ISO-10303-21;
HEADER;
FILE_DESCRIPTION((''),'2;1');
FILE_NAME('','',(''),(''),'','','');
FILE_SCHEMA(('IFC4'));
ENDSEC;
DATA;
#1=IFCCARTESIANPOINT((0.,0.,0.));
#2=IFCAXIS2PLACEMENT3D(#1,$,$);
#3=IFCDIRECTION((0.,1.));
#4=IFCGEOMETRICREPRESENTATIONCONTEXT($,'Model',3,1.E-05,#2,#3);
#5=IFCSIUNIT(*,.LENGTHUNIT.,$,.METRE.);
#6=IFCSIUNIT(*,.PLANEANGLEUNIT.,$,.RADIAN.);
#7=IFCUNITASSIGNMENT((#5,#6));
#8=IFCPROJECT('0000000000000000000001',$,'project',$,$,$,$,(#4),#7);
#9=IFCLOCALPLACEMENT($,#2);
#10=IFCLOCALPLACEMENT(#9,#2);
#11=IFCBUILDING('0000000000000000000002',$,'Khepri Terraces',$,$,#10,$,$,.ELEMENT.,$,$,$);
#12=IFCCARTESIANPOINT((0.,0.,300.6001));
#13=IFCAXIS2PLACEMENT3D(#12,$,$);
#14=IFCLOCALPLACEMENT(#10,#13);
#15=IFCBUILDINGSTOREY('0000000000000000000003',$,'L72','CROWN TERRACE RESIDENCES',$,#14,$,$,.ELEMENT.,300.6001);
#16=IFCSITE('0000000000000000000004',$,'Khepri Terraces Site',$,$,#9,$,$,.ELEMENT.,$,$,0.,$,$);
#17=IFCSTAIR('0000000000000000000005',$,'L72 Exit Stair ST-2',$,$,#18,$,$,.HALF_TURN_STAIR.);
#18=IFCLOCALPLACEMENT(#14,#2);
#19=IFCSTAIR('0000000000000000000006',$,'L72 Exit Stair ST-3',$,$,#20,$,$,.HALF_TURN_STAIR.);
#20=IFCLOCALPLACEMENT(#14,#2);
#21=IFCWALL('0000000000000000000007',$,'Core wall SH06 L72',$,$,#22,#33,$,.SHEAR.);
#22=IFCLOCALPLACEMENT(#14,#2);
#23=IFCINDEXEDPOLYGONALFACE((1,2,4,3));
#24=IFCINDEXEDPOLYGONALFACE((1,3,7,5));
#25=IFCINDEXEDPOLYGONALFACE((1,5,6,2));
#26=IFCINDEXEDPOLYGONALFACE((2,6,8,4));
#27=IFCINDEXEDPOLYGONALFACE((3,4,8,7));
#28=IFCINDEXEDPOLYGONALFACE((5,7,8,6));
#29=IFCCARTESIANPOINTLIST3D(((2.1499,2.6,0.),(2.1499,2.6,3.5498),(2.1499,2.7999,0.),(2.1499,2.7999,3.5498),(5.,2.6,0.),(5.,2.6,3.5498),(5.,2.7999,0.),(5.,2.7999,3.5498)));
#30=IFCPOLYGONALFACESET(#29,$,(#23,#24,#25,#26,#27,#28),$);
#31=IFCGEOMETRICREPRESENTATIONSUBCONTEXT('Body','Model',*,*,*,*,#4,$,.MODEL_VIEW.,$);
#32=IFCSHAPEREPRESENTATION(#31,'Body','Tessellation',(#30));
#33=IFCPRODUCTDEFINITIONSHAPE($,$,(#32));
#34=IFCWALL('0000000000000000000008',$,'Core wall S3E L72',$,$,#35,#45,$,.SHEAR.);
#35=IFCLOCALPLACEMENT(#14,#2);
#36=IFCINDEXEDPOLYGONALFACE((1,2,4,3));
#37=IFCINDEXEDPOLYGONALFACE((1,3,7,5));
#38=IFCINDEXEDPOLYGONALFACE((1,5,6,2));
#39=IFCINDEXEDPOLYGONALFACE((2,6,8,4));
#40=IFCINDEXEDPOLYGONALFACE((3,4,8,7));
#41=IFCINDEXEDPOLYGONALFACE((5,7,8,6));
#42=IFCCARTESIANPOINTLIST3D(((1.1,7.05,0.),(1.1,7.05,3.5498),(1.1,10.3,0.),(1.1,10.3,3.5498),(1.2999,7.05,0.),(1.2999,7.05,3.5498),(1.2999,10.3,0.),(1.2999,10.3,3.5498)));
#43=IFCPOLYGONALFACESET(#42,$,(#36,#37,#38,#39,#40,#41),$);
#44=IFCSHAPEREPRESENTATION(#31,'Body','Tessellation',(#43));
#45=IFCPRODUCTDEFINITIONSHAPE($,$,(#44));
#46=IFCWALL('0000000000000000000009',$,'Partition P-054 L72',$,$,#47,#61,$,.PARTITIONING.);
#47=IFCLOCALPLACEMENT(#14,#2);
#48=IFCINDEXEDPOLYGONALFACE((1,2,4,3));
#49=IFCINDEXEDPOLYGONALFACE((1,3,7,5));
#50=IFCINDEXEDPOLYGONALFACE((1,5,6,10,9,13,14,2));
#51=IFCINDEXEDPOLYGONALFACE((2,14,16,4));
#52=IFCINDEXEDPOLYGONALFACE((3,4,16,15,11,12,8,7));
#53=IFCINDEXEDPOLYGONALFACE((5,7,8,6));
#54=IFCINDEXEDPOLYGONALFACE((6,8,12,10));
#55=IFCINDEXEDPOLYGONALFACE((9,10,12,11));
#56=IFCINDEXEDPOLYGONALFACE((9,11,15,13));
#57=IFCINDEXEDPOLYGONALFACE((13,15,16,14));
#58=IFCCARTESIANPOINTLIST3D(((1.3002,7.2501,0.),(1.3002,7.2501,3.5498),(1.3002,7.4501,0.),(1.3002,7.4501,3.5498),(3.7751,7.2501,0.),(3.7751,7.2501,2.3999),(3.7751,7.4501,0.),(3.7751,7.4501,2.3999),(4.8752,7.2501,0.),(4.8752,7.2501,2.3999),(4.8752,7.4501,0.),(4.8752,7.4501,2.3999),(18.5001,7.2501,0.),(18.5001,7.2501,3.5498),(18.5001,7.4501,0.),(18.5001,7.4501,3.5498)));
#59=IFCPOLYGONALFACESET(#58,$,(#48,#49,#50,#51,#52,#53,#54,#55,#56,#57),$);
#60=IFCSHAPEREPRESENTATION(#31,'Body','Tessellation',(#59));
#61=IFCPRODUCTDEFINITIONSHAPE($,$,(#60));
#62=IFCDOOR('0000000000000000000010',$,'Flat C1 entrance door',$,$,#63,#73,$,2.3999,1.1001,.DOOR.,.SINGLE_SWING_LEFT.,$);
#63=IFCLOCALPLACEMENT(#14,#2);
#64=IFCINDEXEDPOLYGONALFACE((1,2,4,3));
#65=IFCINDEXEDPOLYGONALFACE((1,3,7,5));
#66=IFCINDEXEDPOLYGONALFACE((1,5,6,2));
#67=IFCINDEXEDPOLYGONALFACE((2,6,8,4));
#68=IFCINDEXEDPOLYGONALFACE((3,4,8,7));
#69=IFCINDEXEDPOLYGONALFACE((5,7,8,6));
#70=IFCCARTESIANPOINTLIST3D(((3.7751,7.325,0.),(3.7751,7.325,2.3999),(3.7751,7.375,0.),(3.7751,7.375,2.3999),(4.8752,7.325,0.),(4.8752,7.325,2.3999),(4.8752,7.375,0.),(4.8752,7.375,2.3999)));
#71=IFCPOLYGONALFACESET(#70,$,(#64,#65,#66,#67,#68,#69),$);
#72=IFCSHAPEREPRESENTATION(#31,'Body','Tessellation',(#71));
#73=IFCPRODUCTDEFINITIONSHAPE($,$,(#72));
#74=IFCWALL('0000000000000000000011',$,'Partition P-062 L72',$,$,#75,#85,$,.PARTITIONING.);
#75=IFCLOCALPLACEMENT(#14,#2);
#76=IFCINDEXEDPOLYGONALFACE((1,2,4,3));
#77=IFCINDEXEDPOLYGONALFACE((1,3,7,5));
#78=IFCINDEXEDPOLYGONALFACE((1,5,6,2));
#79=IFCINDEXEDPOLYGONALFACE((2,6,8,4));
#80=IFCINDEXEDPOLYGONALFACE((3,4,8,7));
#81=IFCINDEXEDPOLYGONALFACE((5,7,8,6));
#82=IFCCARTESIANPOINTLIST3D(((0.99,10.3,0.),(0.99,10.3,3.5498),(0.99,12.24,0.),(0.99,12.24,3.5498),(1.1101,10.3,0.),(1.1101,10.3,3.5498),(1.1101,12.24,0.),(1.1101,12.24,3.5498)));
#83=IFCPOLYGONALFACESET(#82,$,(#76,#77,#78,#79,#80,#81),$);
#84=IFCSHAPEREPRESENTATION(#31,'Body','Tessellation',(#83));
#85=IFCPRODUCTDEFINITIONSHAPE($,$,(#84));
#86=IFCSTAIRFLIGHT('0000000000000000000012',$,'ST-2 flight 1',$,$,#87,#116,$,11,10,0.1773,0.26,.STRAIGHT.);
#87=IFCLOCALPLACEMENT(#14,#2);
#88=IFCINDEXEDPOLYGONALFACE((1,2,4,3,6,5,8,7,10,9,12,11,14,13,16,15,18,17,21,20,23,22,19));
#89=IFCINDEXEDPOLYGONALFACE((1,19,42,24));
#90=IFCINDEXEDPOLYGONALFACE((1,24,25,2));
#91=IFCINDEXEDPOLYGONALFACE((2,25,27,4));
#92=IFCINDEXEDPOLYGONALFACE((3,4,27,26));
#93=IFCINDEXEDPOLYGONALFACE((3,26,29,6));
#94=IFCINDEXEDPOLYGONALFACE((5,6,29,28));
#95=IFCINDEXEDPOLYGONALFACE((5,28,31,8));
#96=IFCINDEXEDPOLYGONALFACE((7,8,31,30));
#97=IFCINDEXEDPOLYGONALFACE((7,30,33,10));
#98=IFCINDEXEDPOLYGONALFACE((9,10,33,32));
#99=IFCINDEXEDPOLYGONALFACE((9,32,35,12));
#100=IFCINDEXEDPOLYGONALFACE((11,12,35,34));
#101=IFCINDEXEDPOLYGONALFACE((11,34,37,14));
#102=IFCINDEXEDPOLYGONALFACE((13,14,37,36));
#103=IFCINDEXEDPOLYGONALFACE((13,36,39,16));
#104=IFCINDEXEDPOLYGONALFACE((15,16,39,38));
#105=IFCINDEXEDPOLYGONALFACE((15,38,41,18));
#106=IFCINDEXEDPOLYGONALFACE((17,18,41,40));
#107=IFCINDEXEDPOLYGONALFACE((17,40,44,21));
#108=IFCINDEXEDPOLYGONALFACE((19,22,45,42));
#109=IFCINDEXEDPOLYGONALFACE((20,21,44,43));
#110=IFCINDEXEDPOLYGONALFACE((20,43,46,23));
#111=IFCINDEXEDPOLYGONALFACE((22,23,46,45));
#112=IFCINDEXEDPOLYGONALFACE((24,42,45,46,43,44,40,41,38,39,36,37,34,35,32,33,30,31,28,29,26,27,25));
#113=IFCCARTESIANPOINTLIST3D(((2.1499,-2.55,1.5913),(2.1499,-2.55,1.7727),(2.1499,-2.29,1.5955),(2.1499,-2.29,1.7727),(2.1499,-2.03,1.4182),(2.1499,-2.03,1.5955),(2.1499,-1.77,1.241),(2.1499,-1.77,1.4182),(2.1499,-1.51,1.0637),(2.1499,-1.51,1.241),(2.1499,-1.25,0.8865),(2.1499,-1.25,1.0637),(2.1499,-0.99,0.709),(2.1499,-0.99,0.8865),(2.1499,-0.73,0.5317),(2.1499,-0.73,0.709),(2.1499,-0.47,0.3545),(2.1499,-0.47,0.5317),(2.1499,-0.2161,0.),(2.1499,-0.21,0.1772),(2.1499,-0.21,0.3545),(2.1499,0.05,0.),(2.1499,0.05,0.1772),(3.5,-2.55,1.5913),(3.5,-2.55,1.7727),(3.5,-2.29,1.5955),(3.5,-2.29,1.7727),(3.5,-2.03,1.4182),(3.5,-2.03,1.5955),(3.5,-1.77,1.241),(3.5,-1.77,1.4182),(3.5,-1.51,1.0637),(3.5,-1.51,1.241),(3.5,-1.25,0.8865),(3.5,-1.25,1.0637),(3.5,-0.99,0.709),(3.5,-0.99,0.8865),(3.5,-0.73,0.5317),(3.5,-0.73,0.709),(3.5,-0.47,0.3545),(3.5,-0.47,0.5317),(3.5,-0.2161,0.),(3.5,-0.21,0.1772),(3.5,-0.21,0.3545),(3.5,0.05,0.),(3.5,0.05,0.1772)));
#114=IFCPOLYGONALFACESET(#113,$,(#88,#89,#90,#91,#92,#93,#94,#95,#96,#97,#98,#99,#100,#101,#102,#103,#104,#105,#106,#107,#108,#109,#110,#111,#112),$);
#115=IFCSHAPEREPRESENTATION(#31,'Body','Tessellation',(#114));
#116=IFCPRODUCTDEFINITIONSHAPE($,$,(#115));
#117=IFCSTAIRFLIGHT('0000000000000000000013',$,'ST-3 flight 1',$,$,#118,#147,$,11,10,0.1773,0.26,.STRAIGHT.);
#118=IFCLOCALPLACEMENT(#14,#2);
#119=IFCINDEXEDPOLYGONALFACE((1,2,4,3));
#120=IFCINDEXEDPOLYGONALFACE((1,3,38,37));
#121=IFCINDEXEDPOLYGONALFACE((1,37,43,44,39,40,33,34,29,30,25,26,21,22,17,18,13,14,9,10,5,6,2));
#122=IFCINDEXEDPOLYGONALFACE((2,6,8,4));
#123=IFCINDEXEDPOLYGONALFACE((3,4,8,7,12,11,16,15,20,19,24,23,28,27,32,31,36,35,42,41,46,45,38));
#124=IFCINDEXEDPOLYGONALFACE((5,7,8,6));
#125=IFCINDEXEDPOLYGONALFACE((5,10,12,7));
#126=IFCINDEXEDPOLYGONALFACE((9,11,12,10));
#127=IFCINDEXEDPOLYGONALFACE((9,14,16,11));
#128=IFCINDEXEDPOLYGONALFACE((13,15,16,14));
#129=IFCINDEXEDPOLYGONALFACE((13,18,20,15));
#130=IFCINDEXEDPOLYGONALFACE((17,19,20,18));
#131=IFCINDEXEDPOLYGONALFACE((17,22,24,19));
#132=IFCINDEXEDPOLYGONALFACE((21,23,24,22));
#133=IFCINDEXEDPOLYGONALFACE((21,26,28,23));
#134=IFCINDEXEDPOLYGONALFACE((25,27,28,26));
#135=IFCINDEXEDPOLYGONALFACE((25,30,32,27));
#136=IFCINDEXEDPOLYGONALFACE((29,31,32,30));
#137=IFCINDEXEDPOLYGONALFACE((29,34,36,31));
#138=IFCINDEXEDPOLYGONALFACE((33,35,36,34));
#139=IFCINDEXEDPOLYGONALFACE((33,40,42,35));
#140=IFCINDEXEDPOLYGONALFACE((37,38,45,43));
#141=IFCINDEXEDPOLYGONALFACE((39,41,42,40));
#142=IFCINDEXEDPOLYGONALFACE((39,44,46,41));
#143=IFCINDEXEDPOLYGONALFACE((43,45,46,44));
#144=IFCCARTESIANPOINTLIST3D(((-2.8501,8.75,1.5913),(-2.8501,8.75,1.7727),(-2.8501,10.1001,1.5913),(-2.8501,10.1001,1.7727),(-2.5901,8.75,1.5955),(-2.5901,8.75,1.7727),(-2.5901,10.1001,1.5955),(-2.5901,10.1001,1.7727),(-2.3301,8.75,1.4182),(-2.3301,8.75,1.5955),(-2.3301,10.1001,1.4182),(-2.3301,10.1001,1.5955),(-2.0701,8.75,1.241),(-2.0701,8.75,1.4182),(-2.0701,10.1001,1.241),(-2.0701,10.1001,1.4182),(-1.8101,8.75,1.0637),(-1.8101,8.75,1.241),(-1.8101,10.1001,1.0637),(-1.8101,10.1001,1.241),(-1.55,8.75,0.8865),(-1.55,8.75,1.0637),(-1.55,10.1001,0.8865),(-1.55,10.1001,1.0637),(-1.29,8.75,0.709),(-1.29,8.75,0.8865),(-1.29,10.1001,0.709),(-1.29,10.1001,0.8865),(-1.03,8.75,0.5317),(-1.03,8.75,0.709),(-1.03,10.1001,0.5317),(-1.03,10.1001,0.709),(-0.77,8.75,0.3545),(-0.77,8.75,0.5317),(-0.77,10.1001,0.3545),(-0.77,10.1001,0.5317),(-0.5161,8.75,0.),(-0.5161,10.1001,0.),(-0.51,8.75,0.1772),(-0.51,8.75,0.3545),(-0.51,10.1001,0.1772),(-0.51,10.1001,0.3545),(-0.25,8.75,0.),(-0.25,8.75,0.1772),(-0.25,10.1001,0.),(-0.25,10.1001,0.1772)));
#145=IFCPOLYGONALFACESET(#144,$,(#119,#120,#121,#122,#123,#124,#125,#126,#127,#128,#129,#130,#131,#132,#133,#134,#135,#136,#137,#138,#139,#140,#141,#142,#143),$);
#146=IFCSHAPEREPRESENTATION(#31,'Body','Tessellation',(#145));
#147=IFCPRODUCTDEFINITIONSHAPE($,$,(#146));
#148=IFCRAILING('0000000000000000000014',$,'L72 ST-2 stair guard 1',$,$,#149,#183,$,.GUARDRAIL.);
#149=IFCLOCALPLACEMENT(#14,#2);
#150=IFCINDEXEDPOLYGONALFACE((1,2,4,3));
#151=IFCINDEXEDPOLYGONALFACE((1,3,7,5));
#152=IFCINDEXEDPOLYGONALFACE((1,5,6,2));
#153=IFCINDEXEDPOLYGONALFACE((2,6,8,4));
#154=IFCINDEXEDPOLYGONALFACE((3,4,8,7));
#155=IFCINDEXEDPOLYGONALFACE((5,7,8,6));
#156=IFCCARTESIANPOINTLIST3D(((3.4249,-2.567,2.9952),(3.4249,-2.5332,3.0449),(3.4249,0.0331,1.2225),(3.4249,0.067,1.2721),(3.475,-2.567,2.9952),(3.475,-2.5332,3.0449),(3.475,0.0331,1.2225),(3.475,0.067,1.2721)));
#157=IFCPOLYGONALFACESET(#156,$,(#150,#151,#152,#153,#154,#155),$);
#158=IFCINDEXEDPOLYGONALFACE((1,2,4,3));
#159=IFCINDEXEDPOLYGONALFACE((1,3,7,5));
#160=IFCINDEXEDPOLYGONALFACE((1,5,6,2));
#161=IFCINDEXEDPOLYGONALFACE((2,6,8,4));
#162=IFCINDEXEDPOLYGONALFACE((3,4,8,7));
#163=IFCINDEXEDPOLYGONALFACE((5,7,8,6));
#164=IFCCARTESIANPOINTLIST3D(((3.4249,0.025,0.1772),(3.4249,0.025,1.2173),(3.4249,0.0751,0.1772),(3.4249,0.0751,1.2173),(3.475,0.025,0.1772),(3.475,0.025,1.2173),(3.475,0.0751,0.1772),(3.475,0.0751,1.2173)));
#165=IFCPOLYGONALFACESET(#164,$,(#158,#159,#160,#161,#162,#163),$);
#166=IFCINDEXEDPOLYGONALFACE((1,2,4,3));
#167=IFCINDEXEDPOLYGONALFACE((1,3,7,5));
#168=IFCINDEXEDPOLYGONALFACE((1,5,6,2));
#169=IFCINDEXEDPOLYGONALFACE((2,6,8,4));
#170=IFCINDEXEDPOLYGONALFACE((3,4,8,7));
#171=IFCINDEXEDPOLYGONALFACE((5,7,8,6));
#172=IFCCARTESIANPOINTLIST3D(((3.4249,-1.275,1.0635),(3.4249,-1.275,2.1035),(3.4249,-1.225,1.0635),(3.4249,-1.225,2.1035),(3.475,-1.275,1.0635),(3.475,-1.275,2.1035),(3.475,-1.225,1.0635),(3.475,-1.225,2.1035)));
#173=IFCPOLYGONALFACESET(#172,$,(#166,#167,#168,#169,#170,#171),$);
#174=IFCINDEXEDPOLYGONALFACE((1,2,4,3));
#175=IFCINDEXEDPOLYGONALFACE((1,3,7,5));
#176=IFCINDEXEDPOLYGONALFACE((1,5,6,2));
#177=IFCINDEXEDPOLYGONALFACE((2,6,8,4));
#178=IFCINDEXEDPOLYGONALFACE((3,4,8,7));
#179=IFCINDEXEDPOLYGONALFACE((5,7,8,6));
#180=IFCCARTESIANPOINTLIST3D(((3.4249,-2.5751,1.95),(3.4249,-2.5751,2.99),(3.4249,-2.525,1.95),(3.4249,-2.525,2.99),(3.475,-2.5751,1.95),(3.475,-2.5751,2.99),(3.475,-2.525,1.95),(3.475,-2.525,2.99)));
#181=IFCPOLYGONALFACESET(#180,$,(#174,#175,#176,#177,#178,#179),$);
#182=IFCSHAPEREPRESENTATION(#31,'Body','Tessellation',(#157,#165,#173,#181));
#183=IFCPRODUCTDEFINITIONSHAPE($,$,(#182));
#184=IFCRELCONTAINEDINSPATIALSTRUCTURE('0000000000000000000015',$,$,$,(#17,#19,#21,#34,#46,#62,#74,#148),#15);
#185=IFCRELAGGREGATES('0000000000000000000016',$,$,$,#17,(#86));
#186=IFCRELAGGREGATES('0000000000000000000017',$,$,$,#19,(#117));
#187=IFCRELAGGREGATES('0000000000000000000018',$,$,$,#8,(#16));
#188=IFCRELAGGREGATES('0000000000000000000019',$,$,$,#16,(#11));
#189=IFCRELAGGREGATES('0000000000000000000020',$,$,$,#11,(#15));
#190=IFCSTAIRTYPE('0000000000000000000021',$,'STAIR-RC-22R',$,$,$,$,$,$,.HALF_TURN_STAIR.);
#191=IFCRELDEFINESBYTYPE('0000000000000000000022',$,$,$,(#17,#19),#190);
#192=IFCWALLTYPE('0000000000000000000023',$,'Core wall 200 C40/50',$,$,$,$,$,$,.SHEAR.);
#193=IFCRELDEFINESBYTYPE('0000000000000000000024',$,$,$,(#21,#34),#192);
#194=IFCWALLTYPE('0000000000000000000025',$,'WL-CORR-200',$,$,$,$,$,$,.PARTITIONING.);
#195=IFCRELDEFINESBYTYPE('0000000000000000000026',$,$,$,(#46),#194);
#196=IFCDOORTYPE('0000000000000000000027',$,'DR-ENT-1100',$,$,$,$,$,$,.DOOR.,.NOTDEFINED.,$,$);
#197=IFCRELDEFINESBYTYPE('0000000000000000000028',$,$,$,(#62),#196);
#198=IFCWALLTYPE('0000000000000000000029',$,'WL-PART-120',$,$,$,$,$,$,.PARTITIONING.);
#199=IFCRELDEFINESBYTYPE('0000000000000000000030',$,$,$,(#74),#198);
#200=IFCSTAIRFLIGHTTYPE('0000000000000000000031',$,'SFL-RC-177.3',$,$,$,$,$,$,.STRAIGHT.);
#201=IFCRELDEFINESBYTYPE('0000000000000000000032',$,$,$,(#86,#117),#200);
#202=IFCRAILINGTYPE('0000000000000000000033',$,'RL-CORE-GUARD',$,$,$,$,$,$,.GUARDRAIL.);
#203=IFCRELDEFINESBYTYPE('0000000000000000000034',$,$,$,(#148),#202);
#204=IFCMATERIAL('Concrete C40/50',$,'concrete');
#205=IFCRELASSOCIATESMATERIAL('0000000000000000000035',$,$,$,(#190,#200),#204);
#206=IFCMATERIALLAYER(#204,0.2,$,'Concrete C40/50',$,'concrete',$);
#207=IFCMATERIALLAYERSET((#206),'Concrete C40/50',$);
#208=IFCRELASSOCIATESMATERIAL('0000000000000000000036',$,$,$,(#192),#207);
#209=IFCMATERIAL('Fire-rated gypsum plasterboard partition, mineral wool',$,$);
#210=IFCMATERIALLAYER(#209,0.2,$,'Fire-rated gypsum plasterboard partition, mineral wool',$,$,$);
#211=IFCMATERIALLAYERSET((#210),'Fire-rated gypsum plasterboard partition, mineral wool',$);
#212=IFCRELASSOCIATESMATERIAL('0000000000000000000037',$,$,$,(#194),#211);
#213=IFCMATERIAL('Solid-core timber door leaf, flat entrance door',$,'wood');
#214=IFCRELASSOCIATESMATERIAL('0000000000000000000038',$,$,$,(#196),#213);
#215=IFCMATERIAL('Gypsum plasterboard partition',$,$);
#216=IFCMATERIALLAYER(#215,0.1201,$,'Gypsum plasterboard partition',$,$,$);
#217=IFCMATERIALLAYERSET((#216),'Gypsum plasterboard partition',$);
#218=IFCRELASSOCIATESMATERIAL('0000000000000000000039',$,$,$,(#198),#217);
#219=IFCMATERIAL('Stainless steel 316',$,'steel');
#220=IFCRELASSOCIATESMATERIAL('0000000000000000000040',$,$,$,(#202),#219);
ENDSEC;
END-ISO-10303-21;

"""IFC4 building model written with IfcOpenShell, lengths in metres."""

from ifc_helpers import new_model, si_unit, direction, frame, frame_2d, origin, origin_2d, place, context, subcontext, project, spatial, polyline, rectangle, outline, extrude, material, layer, layer_set, type_object, element, fill, aggregate, save


model = new_model("IFC4")

# Units and contexts
model_context = context("Model", 3, precision=1e-05, world=origin(), true_north=direction((0.0, 1.0)))
body_context = subcontext(model_context, "Body", "Model", "MODEL_VIEW")
ifc_project = project(units=[si_unit("LENGTHUNIT", "METRE"), si_unit("PLANEANGLEUNIT", "RADIAN")], contexts=[model_context])

# Site, building, storey
site_placement = place(None, origin())
site = spatial("IfcSite", under=ifc_project, at=site_placement, Name="Khepri Terraces Site", CompositionType="ELEMENT", RefElevation=0.0)
building_placement = place(site_placement, origin())
building = spatial("IfcBuilding", under=site, at=building_placement, Name="Khepri Terraces", CompositionType="ELEMENT")
storey_placement = place(building_placement, frame((0.0, 0.0, 300.6001)))
storey = spatial("IfcBuildingStorey", under=building, at=storey_placement, Name="L72", Description="CROWN TERRACE RESIDENCES", CompositionType="ELEMENT", Elevation=300.6001)

# Shared definitions
ifc_material_1 = material(Name="Concrete C40/50", Category="concrete")

# Shared definitions
stair_type = type_object("IfcStairType", Name="STAIR-RC-22R", PredefinedType="HALF_TURN_STAIR", material=ifc_material_1)

# Stairs
stair_1_placement = place(storey_placement, origin())
stair_1 = element("IfcStair", 1, at=stair_1_placement, inside=storey, type_object=stair_type, Name="L72 Exit Stair ST-2", PredefinedType="HALF_TURN_STAIR")
stair_2_placement = place(storey_placement, origin())
stair_2 = element("IfcStair", 2, at=stair_2_placement, inside=storey, type_object=stair_type, Name="L72 Exit Stair ST-3", PredefinedType="HALF_TURN_STAIR")

# Shared definitions
ifc_layer_1 = layer(ifc_material_1, 0.2, Name="Concrete C40/50", Category="concrete")
ifc_layer_set_1 = layer_set([ifc_layer_1], Name="Concrete C40/50")
wall_type_1 = type_object("IfcWallType", Name="Core wall 200 C40/50", PredefinedType="SHEAR", material=ifc_layer_set_1)

# Walls
wall_1_placement = place(storey_placement, frame((2.1499, 2.7, 0.0), z_axis=(0.0, 0.0, 1.0), x_axis=(1.0, 0.0, 0.0)))
element("IfcWall", 3, at=wall_1_placement, inside=storey, type_object=wall_type_1, Name="Core wall SH06 L72", PredefinedType="SHEAR", context=body_context, shape_type="SweptSolid", body=[
    extrude(rectangle(XDim=2.8501, YDim=0.2, at=frame_2d((1.425, 0.0))), origin(), (0.0, 0.0, 1.0), 3.5498),
])
wall_2_placement = place(storey_placement, frame((1.2, 7.05, 0.0), z_axis=(0.0, 0.0, 1.0), x_axis=(0.0, 1.0, 0.0)))
element("IfcWall", 4, at=wall_2_placement, inside=storey, type_object=wall_type_1, Name="Core wall S3E L72", PredefinedType="SHEAR", context=body_context, shape_type="SweptSolid", body=[
    extrude(rectangle(XDim=3.25, YDim=0.2, at=frame_2d((1.625, 0.0))), origin(), (0.0, 0.0, 1.0), 3.5498),
])

# Wall, opening, door
ifc_material_2 = material(Name="Fire-rated gypsum plasterboard partition, mineral wool")
ifc_layer_2 = layer(ifc_material_2, 0.2, Name="Fire-rated gypsum plasterboard partition, mineral wool")
ifc_layer_set_2 = layer_set([ifc_layer_2], Name="Fire-rated gypsum plasterboard partition, mineral wool")
wall_type_2 = type_object("IfcWallType", Name="WL-CORR-200", PredefinedType="PARTITIONING", material=ifc_layer_set_2)
wall_3_placement = place(storey_placement, frame((1.3, 7.3501, 0.0), z_axis=(0.0, 0.0, 1.0), x_axis=(1.0, 0.0, 0.0)))
wall_3 = element("IfcWall", 5, at=wall_3_placement, inside=storey, type_object=wall_type_2, Name="Partition P-054 L72", PredefinedType="PARTITIONING", context=body_context, shape_type="SweptSolid", body=[
    extrude(rectangle(XDim=17.2, YDim=0.2, at=frame_2d((8.6001, 0.0))), origin(), (0.0, 0.0, 1.0), 3.5498),
])
opening_1_placement = place(wall_3_placement, frame((2.4751, 0.0, 0.0)))
opening_1 = element("IfcOpeningElement", 6, at=opening_1_placement, cuts=wall_3, PredefinedType="OPENING", context=body_context, shape_type="SweptSolid", body=[
    extrude(rectangle(XDim=1.1001, YDim=2.3999, at=frame_2d((0.55, 1.2))), frame((0.0, 0.1099, 0.0), z_axis=(0.0, -1.0, 0.0), x_axis=(1.0, 0.0, 0.0)), (0.0, 0.0, 1.0), 0.22),
])
ifc_material_3 = material(Name="Solid-core timber door leaf, flat entrance door", Category="wood")
door_type_1 = type_object("IfcDoorType", Name="DR-ENT-1100", OperationType="NOTDEFINED", PredefinedType="DOOR", material=ifc_material_3)
door_1_placement = place(opening_1_placement, origin())
door_1 = element("IfcDoor", 7, at=door_1_placement, inside=storey, type_object=door_type_1, Name="Flat C1 entrance door", OperationType="SINGLE_SWING_LEFT", OverallHeight=2.3999, OverallWidth=1.1001, PredefinedType="DOOR", context=body_context, shape_type="SweptSolid", body=[
    extrude(rectangle(XDim=1.1001, YDim=2.3999, at=frame_2d((0.55, 1.2))), frame((0.0, 0.0249, 0.0), z_axis=(0.0, -1.0, 0.0), x_axis=(1.0, 0.0, 0.0)), (0.0, 0.0, 1.0), 0.05),
])
fill(opening_1, door_1)

# Wall
ifc_material_4 = material(Name="Gypsum plasterboard partition")
ifc_layer_3 = layer(ifc_material_4, 0.1201, Name="Gypsum plasterboard partition")
ifc_layer_set_3 = layer_set([ifc_layer_3], Name="Gypsum plasterboard partition")
wall_type_3 = type_object("IfcWallType", Name="WL-PART-120", PredefinedType="PARTITIONING", material=ifc_layer_set_3)
wall_4_placement = place(storey_placement, frame((1.05, 10.3, 0.0), z_axis=(0.0, 0.0, 1.0), x_axis=(0.0, 1.0, 0.0)))
element("IfcWall", 8, at=wall_4_placement, inside=storey, type_object=wall_type_3, Name="Partition P-062 L72", PredefinedType="PARTITIONING", context=body_context, shape_type="SweptSolid", body=[
    extrude(rectangle(XDim=1.9399, YDim=0.1201, at=frame_2d((0.97, 0.0))), origin(), (0.0, 0.0, 1.0), 3.5498),
])

# Stair flights
stair_flight_type = type_object("IfcStairFlightType", Name="SFL-RC-177.3", PredefinedType="STRAIGHT", material=ifc_material_1)
stair_flight_1_placement = place(storey_placement, frame((2.825, 0.05, 0.0), z_axis=(0.0, 0.0, 1.0), x_axis=(0.0, -1.0, 0.0)))
stair_flight_1 = element("IfcStairFlight", 9, at=stair_flight_1_placement, type_object=stair_flight_type, Name="ST-2 flight 1", NumberOfRisers=11, NumberOfTreads=10, PredefinedType="STRAIGHT", RiserHeight=0.1773, TreadLength=0.26, context=body_context, shape_type="SweptSolid", body=[
    extrude(outline(polyline([(0.0, 0.0), (0.0, 0.1772), (0.26, 0.1772), (0.26, 0.3545), (0.52, 0.3545), (0.52, 0.5317), (0.78, 0.5317), (0.78, 0.709), (1.04, 0.709), (1.04, 0.8865), (1.3, 0.8865), (1.3, 1.0637), (1.5601, 1.0637), (1.5601, 1.241), (1.8201, 1.241), (1.8201, 1.4182), (2.0801, 1.4182), (2.0801, 1.5955), (2.3401, 1.5955), (2.3401, 1.7727), (2.6001, 1.7727), (2.6001, 1.95), (2.6001, 1.5913), (0.2661, 0.0), (0.0, 0.0)])), frame((0.0, 0.675, 0.0), z_axis=(0.0, -1.0, 0.0), x_axis=(1.0, 0.0, 0.0)), (0.0, 0.0, 1.0), 1.3501),
])
aggregate(stair_1, [stair_flight_1])
stair_flight_2_placement = place(storey_placement, frame((-0.25, 9.425, 0.0), z_axis=(0.0, 0.0, 1.0), x_axis=(-1.0, 0.0, 0.0)))
stair_flight_2 = element("IfcStairFlight", 10, at=stair_flight_2_placement, type_object=stair_flight_type, Name="ST-3 flight 1", NumberOfRisers=11, NumberOfTreads=10, PredefinedType="STRAIGHT", RiserHeight=0.1773, TreadLength=0.26, context=body_context, shape_type="SweptSolid", body=[
    extrude(outline(polyline([(0.0, 0.0), (0.0, 0.1772), (0.26, 0.1772), (0.26, 0.3545), (0.52, 0.3545), (0.52, 0.5317), (0.78, 0.5317), (0.78, 0.709), (1.04, 0.709), (1.04, 0.8865), (1.3, 0.8865), (1.3, 1.0637), (1.5601, 1.0637), (1.5601, 1.241), (1.8201, 1.241), (1.8201, 1.4182), (2.0801, 1.4182), (2.0801, 1.5955), (2.3401, 1.5955), (2.3401, 1.7727), (2.6001, 1.7727), (2.6001, 1.95), (2.6001, 1.5913), (0.2661, 0.0), (0.0, 0.0)])), frame((0.0, 0.675, 0.0), z_axis=(0.0, -1.0, 0.0), x_axis=(1.0, 0.0, 0.0)), (0.0, 0.0, 1.0), 1.3501),
])
aggregate(stair_2, [stair_flight_2])

# Railing
ifc_material_5 = material(Name="Stainless steel 316", Category="steel")
railing_type_1 = type_object("IfcRailingType", Name="RL-CORE-GUARD", PredefinedType="GUARDRAIL", material=ifc_material_5)
railing_1_placement = place(storey_placement, frame((3.45, 0.05, 0.1772)))
element("IfcRailing", 11, at=railing_1_placement, inside=storey, type_object=railing_type_1, Name="L72 ST-2 stair guard 1", PredefinedType="GUARDRAIL", context=body_context, shape_type="SweptSolid", body=[
    extrude(rectangle(XDim=0.05, YDim=0.0601, at=origin_2d()), frame((0.0, 0.0, 1.0701), z_axis=(0.0, -0.82624, 0.563318), x_axis=(1.0, 0.0, 0.0)), (0.0, 0.0, 1.0), 3.147),
    extrude(rectangle(XDim=0.05, YDim=0.05, at=origin_2d()), origin(), (0.0, 0.0, 1.0), 1.04),
    extrude(rectangle(XDim=0.05, YDim=0.05, at=origin_2d()), frame((0.0, -1.3, 0.8862)), (0.0, 0.0, 1.0), 1.04),
    extrude(rectangle(XDim=0.05, YDim=0.05, at=origin_2d()), frame((0.0, -2.6001, 1.7727)), (0.0, 0.0, 1.0), 1.04),
])

save(model, "model.ifc")
